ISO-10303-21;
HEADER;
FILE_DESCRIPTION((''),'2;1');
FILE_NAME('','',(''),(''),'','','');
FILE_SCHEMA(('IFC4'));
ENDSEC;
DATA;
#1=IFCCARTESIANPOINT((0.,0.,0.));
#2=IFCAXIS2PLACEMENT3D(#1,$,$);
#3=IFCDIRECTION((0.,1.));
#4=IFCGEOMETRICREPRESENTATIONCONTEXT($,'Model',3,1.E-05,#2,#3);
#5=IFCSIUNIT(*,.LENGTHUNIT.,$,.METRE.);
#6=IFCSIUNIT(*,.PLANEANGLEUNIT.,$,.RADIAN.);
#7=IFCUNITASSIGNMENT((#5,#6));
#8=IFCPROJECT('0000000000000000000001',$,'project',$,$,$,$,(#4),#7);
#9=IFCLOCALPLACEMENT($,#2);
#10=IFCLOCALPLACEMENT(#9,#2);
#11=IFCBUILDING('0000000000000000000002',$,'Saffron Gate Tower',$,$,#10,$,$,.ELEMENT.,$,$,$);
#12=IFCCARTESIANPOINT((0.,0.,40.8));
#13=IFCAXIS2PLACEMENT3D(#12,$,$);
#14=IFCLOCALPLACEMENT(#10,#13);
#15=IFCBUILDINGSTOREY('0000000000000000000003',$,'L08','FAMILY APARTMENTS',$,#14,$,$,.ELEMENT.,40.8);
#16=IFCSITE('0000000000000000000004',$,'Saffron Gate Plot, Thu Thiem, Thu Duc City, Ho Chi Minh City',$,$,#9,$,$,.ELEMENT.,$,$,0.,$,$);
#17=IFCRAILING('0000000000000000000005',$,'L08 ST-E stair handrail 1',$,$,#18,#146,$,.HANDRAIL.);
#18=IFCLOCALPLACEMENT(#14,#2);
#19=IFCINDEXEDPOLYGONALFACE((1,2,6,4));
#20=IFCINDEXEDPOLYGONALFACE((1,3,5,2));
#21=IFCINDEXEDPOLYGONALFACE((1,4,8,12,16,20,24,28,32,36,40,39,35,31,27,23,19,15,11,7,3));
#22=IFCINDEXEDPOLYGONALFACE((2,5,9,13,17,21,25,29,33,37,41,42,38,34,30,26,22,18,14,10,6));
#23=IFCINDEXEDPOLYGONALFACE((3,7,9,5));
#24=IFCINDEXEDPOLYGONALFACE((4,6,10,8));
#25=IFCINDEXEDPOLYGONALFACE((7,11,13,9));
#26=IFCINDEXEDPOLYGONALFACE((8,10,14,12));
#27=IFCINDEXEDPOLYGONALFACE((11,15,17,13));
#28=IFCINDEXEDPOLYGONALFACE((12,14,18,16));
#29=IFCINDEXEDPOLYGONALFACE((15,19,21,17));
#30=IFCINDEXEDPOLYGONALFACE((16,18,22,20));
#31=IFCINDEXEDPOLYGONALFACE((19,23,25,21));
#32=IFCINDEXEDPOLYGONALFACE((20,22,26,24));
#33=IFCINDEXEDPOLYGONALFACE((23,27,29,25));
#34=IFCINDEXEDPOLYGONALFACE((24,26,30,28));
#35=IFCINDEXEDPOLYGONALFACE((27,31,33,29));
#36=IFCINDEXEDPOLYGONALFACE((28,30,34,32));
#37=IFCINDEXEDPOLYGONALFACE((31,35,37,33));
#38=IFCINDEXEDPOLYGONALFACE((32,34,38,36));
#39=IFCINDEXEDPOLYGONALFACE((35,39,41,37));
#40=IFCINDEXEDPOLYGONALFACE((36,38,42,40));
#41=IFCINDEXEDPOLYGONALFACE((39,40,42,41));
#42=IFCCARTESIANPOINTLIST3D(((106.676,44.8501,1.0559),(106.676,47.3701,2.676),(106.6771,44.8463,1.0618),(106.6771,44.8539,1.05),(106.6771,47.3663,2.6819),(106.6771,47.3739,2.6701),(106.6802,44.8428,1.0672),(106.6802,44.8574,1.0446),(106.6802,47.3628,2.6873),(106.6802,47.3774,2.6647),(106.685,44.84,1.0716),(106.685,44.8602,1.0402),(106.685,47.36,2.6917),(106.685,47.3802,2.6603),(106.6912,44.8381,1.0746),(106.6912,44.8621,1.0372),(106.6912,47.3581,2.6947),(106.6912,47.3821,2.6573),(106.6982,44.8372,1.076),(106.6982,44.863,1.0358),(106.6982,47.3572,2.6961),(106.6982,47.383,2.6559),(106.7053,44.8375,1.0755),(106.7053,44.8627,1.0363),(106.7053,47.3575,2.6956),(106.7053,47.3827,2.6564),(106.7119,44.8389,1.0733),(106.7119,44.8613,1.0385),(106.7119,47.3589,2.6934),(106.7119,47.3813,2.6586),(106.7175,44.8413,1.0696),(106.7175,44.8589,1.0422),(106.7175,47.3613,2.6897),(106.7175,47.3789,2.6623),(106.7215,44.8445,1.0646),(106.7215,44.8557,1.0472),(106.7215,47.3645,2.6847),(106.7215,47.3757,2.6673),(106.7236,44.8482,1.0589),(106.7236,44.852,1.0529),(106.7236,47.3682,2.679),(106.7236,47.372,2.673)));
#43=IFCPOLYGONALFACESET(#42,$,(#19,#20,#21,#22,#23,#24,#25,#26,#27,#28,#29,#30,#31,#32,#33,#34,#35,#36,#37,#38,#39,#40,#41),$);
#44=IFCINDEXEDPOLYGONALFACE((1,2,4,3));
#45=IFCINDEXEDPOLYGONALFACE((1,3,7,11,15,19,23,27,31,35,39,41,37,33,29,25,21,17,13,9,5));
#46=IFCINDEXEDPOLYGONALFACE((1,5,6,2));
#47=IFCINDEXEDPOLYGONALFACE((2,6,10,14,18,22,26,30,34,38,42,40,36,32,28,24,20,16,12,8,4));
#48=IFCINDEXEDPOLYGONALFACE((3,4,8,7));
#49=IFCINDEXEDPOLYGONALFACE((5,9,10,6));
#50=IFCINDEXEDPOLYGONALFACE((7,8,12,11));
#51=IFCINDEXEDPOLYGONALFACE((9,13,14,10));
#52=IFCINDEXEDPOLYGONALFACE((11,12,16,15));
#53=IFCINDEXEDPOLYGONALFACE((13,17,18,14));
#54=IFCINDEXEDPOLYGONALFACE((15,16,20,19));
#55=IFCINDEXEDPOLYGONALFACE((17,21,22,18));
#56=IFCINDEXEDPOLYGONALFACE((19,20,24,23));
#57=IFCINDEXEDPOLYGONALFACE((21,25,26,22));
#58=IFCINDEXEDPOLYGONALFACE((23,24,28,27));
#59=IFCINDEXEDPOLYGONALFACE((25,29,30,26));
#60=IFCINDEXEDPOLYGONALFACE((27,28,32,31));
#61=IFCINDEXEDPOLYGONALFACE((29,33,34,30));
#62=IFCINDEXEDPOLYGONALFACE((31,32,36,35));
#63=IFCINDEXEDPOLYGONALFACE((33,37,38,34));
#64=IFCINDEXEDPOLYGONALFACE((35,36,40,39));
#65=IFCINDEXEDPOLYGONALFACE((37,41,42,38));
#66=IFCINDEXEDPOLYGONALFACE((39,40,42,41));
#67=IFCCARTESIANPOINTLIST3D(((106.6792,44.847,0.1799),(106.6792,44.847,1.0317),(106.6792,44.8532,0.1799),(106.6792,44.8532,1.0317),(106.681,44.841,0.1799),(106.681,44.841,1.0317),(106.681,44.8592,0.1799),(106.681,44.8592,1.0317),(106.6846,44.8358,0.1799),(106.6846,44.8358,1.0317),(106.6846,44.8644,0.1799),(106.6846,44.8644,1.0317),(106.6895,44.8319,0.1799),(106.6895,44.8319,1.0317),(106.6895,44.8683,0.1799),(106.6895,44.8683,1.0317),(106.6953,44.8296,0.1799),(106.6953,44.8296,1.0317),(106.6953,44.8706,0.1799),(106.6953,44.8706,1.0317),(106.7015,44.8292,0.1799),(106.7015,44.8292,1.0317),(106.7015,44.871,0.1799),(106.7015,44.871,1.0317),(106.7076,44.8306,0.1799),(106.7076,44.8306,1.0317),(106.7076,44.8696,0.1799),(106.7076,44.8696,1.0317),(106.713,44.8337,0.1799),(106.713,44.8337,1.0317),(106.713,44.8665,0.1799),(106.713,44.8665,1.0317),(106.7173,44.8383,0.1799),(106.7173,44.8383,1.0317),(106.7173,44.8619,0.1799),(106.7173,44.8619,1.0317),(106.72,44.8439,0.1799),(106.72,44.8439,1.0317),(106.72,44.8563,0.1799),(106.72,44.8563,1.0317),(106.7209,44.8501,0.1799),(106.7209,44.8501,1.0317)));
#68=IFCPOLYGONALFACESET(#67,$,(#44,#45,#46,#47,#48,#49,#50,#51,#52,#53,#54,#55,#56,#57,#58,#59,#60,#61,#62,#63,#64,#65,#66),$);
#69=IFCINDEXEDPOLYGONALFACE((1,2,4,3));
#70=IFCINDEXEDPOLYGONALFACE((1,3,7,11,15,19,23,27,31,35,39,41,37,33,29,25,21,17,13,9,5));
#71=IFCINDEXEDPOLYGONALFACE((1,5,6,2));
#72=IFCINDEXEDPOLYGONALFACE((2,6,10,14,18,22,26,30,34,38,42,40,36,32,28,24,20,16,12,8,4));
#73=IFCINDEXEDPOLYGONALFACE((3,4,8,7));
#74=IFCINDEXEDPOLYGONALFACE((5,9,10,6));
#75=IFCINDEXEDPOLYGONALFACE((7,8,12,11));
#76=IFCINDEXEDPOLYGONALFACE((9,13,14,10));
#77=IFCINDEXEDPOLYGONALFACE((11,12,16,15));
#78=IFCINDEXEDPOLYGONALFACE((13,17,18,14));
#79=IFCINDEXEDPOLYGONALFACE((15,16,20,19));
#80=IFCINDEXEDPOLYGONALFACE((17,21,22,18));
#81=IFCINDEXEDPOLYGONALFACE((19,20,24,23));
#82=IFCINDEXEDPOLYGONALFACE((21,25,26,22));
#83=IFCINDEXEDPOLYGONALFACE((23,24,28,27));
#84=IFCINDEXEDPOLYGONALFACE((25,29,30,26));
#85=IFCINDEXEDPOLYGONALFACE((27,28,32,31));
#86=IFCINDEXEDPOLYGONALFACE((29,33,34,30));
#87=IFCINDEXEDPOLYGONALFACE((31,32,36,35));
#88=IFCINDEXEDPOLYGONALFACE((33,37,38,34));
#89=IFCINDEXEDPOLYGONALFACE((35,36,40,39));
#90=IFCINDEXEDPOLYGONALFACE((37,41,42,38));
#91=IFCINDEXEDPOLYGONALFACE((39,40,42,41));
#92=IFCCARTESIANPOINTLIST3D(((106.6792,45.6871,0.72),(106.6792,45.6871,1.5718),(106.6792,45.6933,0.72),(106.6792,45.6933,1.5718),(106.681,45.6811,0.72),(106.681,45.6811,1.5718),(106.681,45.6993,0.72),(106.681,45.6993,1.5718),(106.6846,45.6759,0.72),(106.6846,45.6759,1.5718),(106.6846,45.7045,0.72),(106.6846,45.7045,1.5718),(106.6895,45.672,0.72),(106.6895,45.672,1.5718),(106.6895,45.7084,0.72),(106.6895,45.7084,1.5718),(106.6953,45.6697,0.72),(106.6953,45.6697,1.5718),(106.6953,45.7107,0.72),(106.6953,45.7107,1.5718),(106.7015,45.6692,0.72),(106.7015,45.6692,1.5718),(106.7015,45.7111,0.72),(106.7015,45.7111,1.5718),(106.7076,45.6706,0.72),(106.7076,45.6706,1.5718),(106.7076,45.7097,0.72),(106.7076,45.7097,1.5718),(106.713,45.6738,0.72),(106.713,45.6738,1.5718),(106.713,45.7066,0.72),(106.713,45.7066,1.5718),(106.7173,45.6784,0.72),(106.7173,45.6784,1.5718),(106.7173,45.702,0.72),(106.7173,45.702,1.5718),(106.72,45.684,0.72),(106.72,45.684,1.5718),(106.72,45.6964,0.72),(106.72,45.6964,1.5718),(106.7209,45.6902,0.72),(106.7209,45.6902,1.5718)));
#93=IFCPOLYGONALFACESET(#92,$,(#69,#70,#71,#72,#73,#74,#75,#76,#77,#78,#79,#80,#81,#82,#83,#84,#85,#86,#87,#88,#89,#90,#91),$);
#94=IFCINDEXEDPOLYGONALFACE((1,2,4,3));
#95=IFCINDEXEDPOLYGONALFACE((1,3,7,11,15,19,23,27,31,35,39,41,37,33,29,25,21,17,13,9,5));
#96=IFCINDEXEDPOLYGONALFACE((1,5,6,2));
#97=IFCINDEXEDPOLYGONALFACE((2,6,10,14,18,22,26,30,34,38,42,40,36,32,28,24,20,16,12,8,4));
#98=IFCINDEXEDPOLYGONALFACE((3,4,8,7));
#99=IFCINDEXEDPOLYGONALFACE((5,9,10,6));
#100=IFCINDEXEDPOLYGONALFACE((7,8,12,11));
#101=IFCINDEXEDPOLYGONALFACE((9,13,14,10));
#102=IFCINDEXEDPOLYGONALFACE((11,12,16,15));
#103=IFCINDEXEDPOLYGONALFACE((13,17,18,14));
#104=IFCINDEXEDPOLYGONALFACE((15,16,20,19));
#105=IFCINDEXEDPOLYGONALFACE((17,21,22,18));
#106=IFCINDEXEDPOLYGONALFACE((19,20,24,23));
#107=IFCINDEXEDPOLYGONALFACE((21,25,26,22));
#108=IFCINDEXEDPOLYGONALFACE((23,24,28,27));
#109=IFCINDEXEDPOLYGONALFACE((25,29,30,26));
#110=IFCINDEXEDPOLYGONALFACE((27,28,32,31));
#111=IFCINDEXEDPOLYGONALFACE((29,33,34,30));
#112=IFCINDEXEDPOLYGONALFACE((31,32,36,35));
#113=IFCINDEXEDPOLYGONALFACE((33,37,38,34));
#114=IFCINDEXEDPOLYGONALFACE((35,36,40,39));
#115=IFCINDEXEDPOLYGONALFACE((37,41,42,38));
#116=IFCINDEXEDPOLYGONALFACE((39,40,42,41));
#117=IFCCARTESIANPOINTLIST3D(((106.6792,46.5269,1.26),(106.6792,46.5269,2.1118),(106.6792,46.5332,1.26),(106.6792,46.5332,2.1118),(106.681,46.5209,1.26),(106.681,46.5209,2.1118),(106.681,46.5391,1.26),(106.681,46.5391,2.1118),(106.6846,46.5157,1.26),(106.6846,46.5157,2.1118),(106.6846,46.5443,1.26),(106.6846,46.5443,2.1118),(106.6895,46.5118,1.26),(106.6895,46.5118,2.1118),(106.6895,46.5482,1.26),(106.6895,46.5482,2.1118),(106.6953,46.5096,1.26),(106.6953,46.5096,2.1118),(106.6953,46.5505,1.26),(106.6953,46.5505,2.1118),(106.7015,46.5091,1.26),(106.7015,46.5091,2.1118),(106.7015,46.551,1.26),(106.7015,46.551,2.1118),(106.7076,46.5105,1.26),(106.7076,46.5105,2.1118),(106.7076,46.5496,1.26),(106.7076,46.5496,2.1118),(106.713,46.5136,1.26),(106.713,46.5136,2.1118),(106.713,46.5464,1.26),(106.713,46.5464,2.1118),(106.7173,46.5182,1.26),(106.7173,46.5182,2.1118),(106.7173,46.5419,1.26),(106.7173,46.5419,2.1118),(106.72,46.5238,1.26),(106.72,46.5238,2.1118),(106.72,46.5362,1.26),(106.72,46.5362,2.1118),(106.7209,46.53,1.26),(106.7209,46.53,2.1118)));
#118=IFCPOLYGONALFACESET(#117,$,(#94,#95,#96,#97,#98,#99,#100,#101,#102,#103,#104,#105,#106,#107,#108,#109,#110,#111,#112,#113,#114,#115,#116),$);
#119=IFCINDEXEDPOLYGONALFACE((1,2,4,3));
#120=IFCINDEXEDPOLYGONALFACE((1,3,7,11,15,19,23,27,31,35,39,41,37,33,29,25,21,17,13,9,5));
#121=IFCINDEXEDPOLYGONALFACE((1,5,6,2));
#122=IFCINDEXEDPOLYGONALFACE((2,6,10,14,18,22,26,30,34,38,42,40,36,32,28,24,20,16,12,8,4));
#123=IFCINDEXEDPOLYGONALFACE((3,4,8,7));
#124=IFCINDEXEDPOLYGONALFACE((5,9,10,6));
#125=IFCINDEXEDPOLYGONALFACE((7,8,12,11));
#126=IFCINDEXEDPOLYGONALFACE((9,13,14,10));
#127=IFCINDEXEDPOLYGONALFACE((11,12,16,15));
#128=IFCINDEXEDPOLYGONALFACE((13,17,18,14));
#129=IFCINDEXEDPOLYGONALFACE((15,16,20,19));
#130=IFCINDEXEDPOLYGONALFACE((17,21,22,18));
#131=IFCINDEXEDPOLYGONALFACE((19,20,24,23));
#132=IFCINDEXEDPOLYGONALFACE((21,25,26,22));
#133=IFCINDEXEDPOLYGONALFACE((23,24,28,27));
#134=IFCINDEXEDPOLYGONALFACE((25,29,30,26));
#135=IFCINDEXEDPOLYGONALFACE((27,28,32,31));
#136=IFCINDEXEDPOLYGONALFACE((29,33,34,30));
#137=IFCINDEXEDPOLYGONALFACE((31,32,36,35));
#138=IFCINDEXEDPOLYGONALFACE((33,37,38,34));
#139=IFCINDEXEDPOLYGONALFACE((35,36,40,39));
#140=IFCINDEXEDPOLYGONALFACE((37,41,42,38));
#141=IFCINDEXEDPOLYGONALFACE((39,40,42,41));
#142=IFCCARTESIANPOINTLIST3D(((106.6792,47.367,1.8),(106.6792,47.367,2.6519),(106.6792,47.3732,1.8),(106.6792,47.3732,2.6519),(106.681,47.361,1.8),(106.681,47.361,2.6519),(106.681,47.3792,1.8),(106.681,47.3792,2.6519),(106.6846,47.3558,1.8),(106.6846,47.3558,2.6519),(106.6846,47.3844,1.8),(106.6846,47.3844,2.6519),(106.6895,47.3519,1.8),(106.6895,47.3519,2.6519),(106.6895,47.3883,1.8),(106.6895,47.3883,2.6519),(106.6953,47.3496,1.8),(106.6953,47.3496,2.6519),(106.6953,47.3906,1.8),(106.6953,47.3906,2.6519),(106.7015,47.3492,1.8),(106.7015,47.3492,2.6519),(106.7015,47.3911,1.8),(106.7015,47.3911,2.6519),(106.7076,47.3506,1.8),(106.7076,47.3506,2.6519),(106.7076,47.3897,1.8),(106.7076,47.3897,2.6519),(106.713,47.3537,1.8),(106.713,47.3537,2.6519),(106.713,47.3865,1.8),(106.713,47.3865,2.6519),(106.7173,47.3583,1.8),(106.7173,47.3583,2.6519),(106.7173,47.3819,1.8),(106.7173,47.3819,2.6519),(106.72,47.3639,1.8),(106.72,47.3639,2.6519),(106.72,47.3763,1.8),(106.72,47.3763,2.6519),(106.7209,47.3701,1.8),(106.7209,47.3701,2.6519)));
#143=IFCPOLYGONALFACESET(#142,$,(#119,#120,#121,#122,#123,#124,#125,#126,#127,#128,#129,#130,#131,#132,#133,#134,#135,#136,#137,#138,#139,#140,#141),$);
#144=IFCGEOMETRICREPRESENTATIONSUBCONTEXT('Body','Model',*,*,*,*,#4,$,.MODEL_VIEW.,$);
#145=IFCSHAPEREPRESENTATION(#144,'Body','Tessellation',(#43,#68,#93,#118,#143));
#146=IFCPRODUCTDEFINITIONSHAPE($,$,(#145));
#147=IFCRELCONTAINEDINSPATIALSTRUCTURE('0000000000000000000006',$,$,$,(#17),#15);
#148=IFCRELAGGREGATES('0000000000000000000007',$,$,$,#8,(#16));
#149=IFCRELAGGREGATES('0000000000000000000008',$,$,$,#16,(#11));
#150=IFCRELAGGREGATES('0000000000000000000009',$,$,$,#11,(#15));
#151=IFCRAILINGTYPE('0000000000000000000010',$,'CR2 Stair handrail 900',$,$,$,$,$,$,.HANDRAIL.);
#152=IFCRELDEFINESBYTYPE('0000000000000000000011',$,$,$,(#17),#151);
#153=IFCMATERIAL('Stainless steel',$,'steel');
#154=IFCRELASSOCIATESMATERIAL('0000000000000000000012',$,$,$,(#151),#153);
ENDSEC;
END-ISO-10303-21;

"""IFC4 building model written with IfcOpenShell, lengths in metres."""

from ifc_helpers import new_model, si_unit, direction, frame, origin, origin_2d, place, context, subcontext, project, spatial, circle, extrude, material, type_object, element, save


model = new_model("IFC4")

# Units and contexts
model_context = context("Model", 3, precision=1e-05, world=origin(), true_north=direction((0.0, 1.0)))
body_context = subcontext(model_context, "Body", "Model", "MODEL_VIEW")
ifc_project = project(units=[si_unit("LENGTHUNIT", "METRE"), si_unit("PLANEANGLEUNIT", "RADIAN")], contexts=[model_context])

# Site, building, storey
site_placement = place(None, origin())
site = spatial("IfcSite", under=ifc_project, at=site_placement, Name="Saffron Gate Plot, Thu Thiem, Thu Duc City, Ho Chi Minh City", CompositionType="ELEMENT", RefElevation=0.0)
building_placement = place(site_placement, origin())
building = spatial("IfcBuilding", under=site, at=building_placement, Name="Saffron Gate Tower", CompositionType="ELEMENT")
storey_placement = place(building_placement, frame((0.0, 0.0, 40.8)))
storey = spatial("IfcBuildingStorey", under=building, at=storey_placement, Name="L08", Description="FAMILY APARTMENTS", CompositionType="ELEMENT", Elevation=40.8)

# Railing
ifc_material_1 = material(Name="Stainless steel", Category="steel")
railing_type_1 = type_object("IfcRailingType", Name="CR2 Stair handrail 900", PredefinedType="HANDRAIL", material=ifc_material_1)
railing_1_placement = place(storey_placement, frame((106.7, 44.8501, 0.1799)))
element("IfcRailing", 1, at=railing_1_placement, inside=storey, type_object=railing_type_1, Name="L08 ST-E stair handrail 1", PredefinedType="HANDRAIL", context=body_context, shape_type="SweptSolid", body=[
    extrude(circle(Radius=0.0239, at=origin_2d()), frame((0.0, 0.0, 0.876), z_axis=(0.0, 0.841163, 0.540782), x_axis=(-1.0, 0.0, 0.0)), (0.0, 0.0, 1.0), 2.9958),
    extrude(circle(Radius=0.021, at=origin_2d()), origin(), (0.0, 0.0, 1.0), 0.8518),
    extrude(circle(Radius=0.021, at=origin_2d()), frame((0.0, 0.8401, 0.54)), (0.0, 0.0, 1.0), 0.8518),
    extrude(circle(Radius=0.021, at=origin_2d()), frame((0.0, 1.6799, 1.0801)), (0.0, 0.0, 1.0), 0.8518),
    extrude(circle(Radius=0.021, at=origin_2d()), frame((0.0, 2.52, 1.6201)), (0.0, 0.0, 1.0), 0.8518),
])

save(model, "model.ifc")
